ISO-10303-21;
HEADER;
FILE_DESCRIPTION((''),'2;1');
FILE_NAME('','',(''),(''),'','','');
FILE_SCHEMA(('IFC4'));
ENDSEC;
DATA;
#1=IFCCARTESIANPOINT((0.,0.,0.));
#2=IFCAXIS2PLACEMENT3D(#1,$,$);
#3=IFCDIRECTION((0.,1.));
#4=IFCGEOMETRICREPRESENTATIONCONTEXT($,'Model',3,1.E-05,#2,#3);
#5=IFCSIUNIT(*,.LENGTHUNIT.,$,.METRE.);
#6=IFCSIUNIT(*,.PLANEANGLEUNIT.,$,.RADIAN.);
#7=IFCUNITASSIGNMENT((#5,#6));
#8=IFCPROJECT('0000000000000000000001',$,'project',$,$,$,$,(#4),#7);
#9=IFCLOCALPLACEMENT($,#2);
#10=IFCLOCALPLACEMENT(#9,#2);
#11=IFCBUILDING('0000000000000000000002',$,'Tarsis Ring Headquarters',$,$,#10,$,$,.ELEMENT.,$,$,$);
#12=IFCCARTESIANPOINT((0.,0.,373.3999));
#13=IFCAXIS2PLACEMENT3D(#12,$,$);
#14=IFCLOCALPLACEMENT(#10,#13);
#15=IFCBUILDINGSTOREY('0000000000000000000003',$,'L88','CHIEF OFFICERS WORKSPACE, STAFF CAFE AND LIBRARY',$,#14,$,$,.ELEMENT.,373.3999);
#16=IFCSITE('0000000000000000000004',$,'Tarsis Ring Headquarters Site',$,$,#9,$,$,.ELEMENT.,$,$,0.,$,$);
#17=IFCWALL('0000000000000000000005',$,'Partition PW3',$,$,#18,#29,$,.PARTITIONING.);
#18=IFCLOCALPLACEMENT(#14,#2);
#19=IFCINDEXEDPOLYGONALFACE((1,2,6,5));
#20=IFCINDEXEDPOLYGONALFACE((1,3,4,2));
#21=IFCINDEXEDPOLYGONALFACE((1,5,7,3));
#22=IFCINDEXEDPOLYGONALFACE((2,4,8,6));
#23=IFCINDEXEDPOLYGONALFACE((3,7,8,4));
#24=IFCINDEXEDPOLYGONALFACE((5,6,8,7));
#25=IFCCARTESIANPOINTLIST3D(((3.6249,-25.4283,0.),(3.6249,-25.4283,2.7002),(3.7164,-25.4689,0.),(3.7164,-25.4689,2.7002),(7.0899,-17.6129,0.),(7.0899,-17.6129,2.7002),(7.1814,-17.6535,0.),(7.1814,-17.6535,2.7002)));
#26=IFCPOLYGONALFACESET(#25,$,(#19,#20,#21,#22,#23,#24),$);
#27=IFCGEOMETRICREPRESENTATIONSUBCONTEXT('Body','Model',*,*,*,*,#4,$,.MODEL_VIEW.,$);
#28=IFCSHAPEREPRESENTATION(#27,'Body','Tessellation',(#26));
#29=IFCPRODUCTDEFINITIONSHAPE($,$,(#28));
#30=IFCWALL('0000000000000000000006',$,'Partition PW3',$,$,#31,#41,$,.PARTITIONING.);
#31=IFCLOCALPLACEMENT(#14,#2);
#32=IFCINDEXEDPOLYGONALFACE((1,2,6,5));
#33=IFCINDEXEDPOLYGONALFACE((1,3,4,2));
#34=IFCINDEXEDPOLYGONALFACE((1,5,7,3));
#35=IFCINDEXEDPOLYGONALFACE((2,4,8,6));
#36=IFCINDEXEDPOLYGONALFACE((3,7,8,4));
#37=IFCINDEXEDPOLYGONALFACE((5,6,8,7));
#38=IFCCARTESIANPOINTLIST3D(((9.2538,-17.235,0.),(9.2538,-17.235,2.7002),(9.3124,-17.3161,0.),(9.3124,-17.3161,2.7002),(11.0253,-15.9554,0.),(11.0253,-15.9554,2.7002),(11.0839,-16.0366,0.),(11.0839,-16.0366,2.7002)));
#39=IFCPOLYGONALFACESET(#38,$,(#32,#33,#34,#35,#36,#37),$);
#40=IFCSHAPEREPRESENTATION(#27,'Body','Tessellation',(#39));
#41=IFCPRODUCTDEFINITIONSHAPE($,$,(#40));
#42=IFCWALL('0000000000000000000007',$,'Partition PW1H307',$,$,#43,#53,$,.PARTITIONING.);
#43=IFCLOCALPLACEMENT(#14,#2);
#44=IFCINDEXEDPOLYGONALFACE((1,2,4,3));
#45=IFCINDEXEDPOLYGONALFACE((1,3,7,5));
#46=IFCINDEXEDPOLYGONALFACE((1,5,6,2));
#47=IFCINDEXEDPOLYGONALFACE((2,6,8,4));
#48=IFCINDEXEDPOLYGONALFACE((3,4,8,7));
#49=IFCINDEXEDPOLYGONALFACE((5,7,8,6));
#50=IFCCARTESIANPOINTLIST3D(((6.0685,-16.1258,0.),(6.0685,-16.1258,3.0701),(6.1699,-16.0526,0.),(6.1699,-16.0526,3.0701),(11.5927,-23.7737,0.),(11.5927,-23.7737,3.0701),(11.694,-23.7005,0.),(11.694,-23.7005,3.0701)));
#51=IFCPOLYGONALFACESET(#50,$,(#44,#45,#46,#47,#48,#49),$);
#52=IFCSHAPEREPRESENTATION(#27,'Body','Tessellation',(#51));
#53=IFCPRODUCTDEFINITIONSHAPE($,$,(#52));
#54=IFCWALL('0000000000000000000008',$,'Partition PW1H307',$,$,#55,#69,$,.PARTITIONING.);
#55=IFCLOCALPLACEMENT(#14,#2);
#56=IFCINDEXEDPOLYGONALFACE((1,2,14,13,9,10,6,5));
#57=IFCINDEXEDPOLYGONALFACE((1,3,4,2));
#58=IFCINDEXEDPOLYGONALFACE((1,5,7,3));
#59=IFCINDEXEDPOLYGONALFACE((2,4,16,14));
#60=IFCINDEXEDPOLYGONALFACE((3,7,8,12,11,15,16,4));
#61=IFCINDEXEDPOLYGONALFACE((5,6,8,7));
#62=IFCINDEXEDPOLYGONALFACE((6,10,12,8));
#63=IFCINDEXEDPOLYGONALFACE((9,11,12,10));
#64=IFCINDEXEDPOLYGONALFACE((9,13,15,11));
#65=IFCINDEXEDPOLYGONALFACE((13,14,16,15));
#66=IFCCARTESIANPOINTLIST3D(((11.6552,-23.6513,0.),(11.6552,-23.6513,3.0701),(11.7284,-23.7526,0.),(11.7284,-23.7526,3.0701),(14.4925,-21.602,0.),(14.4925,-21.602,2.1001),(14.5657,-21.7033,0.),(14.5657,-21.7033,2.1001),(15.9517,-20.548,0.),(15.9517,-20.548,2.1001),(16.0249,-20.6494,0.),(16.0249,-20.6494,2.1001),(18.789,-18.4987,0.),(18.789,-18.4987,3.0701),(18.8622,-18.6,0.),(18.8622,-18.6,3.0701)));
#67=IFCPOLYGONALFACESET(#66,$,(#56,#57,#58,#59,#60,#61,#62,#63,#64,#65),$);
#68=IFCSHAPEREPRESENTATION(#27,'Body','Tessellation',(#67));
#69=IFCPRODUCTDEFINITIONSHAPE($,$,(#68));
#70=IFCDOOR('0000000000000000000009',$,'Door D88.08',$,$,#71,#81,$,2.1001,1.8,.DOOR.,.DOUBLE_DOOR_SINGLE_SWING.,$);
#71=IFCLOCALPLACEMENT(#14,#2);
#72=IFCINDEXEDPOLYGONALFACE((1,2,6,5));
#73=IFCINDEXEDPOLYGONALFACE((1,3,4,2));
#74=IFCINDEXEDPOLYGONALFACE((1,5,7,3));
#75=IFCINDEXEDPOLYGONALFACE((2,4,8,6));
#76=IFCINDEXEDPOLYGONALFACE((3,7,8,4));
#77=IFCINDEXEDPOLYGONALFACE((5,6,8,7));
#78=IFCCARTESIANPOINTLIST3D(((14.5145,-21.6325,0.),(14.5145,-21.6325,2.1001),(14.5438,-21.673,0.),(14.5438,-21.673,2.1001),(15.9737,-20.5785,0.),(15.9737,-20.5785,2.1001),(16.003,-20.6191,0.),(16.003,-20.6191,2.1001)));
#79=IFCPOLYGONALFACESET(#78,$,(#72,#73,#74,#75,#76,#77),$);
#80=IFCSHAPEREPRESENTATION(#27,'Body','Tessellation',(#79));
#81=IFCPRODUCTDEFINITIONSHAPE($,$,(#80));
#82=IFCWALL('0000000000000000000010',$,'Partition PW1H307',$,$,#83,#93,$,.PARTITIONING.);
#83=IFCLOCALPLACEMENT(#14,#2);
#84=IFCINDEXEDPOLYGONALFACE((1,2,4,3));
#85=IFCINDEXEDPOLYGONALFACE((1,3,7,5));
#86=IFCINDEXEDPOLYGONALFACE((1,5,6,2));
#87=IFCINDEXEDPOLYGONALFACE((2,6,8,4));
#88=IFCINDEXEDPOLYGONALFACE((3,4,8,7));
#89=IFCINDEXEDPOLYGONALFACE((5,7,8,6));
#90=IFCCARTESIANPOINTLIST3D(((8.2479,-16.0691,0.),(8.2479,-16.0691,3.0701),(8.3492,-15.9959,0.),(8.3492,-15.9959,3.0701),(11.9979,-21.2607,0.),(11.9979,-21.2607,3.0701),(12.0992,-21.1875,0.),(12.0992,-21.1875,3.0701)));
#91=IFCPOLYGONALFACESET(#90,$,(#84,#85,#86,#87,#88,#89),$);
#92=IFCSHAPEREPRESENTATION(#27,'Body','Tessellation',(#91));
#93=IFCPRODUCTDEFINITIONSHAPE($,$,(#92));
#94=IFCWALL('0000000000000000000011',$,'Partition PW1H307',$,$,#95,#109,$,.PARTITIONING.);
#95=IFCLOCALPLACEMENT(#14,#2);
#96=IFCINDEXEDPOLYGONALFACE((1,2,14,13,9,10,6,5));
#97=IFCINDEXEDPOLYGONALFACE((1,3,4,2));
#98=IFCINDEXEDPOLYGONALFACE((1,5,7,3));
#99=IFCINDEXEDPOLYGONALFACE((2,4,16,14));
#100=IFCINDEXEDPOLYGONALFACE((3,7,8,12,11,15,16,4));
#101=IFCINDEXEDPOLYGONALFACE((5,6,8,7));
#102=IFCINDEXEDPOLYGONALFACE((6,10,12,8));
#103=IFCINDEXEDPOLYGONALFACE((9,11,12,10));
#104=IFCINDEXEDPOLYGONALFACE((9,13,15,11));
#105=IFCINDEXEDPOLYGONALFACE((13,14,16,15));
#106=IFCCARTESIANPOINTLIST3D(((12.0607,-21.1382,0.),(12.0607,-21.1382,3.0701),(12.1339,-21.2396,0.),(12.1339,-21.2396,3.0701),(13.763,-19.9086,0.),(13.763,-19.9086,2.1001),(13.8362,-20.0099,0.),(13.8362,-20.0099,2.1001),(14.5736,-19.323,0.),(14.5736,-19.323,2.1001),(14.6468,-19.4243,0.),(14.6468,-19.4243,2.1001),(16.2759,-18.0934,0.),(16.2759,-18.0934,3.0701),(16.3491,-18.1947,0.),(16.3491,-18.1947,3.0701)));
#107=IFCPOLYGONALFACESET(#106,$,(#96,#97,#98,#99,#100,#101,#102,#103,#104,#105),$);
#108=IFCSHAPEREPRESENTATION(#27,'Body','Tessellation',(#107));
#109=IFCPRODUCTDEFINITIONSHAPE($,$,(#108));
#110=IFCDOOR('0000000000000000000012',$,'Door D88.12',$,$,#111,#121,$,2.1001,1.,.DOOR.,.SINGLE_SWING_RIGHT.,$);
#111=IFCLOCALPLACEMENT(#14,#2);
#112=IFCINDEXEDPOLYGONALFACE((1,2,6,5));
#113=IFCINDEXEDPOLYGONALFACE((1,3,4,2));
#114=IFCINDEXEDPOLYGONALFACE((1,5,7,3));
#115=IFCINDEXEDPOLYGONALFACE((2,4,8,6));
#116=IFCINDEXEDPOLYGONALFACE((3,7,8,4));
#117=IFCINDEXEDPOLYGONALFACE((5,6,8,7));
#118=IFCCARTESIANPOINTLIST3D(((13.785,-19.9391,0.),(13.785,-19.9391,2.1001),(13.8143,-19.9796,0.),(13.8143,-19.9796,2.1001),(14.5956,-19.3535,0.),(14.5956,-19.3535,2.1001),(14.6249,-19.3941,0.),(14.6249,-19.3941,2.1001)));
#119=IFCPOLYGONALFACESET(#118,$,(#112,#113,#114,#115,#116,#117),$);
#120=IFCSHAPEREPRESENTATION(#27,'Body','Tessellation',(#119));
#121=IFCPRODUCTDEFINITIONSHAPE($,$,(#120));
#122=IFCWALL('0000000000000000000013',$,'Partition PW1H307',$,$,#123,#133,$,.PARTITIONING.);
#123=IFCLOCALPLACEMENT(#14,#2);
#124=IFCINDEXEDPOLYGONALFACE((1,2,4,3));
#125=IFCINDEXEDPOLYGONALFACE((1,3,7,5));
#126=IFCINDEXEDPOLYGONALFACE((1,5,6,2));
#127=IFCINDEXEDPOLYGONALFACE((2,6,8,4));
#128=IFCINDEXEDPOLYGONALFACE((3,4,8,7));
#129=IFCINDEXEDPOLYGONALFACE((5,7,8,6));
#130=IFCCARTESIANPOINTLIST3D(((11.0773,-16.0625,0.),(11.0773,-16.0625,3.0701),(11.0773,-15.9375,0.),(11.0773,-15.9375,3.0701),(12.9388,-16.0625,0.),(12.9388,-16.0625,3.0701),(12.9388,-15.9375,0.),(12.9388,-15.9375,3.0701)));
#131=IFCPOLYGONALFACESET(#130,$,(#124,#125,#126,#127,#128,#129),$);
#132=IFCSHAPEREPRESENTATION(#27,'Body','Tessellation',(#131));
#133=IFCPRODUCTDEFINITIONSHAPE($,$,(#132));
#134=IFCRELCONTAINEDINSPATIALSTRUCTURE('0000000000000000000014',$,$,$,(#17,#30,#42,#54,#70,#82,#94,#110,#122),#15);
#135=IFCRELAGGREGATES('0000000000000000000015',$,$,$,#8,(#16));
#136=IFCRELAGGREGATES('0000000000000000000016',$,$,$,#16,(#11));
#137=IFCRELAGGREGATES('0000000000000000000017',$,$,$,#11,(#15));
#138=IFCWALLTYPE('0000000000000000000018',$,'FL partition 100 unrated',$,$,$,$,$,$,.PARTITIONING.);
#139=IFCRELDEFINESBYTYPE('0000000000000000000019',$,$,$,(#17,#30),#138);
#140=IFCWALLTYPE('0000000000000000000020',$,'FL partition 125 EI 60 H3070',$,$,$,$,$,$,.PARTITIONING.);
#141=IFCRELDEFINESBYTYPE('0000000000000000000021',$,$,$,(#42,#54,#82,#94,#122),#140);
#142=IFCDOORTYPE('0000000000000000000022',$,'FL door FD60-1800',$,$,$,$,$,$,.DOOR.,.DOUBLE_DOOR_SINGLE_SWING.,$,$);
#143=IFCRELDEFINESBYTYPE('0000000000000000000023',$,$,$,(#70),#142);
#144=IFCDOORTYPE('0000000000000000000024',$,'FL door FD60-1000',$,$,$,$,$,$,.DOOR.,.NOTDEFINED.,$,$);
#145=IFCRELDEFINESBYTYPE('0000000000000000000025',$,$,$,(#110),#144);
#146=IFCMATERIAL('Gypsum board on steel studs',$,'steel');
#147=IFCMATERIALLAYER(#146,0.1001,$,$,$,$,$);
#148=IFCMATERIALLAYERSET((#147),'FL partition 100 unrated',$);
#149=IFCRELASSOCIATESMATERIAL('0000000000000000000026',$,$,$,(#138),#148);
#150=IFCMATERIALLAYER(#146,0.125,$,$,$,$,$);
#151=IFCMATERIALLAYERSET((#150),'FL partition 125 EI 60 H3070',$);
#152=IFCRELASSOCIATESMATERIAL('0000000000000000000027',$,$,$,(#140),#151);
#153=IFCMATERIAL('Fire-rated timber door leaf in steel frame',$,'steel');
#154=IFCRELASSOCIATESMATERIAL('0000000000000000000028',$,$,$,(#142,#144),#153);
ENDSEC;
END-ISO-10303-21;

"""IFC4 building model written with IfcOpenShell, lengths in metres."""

from ifc_helpers import new_model, si_unit, direction, frame, frame_2d, origin, place, context, subcontext, project, spatial, rectangle, extrude, material, layer, layer_set, type_object, element, fill, save


model = new_model("IFC4")

# Units and contexts
model_context = context("Model", 3, precision=1e-05, world=origin(), true_north=direction((0.0, 1.0)))
body_context = subcontext(model_context, "Body", "Model", "MODEL_VIEW")
ifc_project = project(units=[si_unit("LENGTHUNIT", "METRE"), si_unit("PLANEANGLEUNIT", "RADIAN")], contexts=[model_context])

# Site, building, storey
site_placement = place(None, origin())
site = spatial("IfcSite", under=ifc_project, at=site_placement, Name="Tarsis Ring Headquarters Site", CompositionType="ELEMENT", RefElevation=0.0)
building_placement = place(site_placement, origin())
building = spatial("IfcBuilding", under=site, at=building_placement, Name="Tarsis Ring Headquarters", CompositionType="ELEMENT")
storey_placement = place(building_placement, frame((0.0, 0.0, 373.3999)))
storey = spatial("IfcBuildingStorey", under=building, at=storey_placement, Name="L88", Description="CHIEF OFFICERS WORKSPACE, STAFF CAFE AND LIBRARY", CompositionType="ELEMENT", Elevation=373.3999)

# Walls
ifc_material_1 = material(Name="Gypsum board on steel studs", Category="steel")
ifc_layer_1 = layer(ifc_material_1, 0.1001)
ifc_layer_set_1 = layer_set([ifc_layer_1], Name="FL partition 100 unrated")
wall_type_1 = type_object("IfcWallType", Name="FL partition 100 unrated", PredefinedType="PARTITIONING", material=ifc_layer_set_1)
wall_1_placement = place(storey_placement, frame((3.6707, -25.4485, 0.0), z_axis=(0.0, 0.0, 1.0), x_axis=(0.405314, 0.914177, 0.0)))
element("IfcWall", 1, at=wall_1_placement, inside=storey, type_object=wall_type_1, Name="Partition PW3", PredefinedType="PARTITIONING", context=body_context, shape_type="SweptSolid", body=[
    extrude(rectangle(XDim=8.5491, YDim=0.1001, at=frame_2d((4.2744, 0.0))), origin(), (0.0, 0.0, 1.0), 2.7002),
])
wall_2_placement = place(storey_placement, frame((9.283, -17.2756, 0.0), z_axis=(0.0, 0.0, 1.0), x_axis=(0.81065, 0.585531, 0.0)))
element("IfcWall", 2, at=wall_2_placement, inside=storey, type_object=wall_type_1, Name="Partition PW3", PredefinedType="PARTITIONING", context=body_context, shape_type="SweptSolid", body=[
    extrude(rectangle(XDim=2.1853, YDim=0.1001, at=frame_2d((1.0928, 0.0))), origin(), (0.0, 0.0, 1.0), 2.7002),
])
ifc_layer_2 = layer(ifc_material_1, 0.125)
ifc_layer_set_2 = layer_set([ifc_layer_2], Name="FL partition 125 EI 60 H3070")
wall_type_2 = type_object("IfcWallType", Name="FL partition 125 EI 60 H3070", PredefinedType="PARTITIONING", material=ifc_layer_set_2)
wall_3_placement = place(storey_placement, frame((6.1191, -16.0891, 0.0), z_axis=(0.0, 0.0, 1.0), x_axis=(0.585536, -0.810646, 0.0)))
element("IfcWall", 3, at=wall_3_placement, inside=storey, type_object=wall_type_2, Name="Partition PW1H307", PredefinedType="PARTITIONING", context=body_context, shape_type="SweptSolid", body=[
    extrude(rectangle(XDim=9.4343, YDim=0.125, at=frame_2d((4.7173, 0.0))), origin(), (0.0, 0.0, 1.0), 3.0701),
])

# Wall, opening, door
wall_4_placement = place(storey_placement, frame((11.6919, -23.7019, 0.0), z_axis=(0.0, 0.0, 1.0), x_axis=(0.810657, 0.585521, 0.0)))
wall_4 = element("IfcWall", 4, at=wall_4_placement, inside=storey, type_object=wall_type_2, Name="Partition PW1H307", PredefinedType="PARTITIONING", context=body_context, shape_type="SweptSolid", body=[
    extrude(rectangle(XDim=8.8, YDim=0.125, at=frame_2d((4.3999, 0.0))), origin(), (0.0, 0.0, 1.0), 3.0701),
])
opening_1_placement = place(wall_4_placement, frame((3.5, 0.0, 0.0)))
opening_1 = element("IfcOpeningElement", 5, at=opening_1_placement, cuts=wall_4, PredefinedType="OPENING", context=body_context, shape_type="SweptSolid", body=[
    extrude(rectangle(XDim=1.8, YDim=2.1001, at=frame_2d((0.8999, 1.05))), frame((0.0, 0.0725, 0.0), z_axis=(0.0, -1.0, 0.0), x_axis=(1.0, 0.0, 0.0)), (0.0, 0.0, 1.0), 0.145),
])
ifc_material_2 = material(Name="Fire-rated timber door leaf in steel frame", Category="steel")
door_type_1 = type_object("IfcDoorType", Name="FL door FD60-1800", OperationType="DOUBLE_DOOR_SINGLE_SWING", PredefinedType="DOOR", material=ifc_material_2)
door_1_placement = place(opening_1_placement, origin())
door_1 = element("IfcDoor", 6, at=door_1_placement, inside=storey, type_object=door_type_1, Name="Door D88.08", OperationType="DOUBLE_DOOR_SINGLE_SWING", OverallHeight=2.1001, OverallWidth=1.8, PredefinedType="DOOR", context=body_context, shape_type="SweptSolid", body=[
    extrude(rectangle(XDim=1.8, YDim=2.1001, at=frame_2d((0.8999, 1.05))), frame((0.0, 0.0249, 0.0), z_axis=(0.0, -1.0, 0.0), x_axis=(1.0, 0.0, 0.0)), (0.0, 0.0, 1.0), 0.05),
])
fill(opening_1, door_1)

# Wall
wall_5_placement = place(storey_placement, frame((8.2986, -16.0325, 0.0), z_axis=(0.0, 0.0, 1.0), x_axis=(0.585539, -0.810644, 0.0)))
element("IfcWall", 7, at=wall_5_placement, inside=storey, type_object=wall_type_2, Name="Partition PW1H307", PredefinedType="PARTITIONING", context=body_context, shape_type="SweptSolid", body=[
    extrude(rectangle(XDim=6.4043, YDim=0.125, at=frame_2d((3.2021, 0.0))), origin(), (0.0, 0.0, 1.0), 3.0701),
])

# Wall, opening, door
wall_6_placement = place(storey_placement, frame((12.0972, -21.189, 0.0), z_axis=(0.0, 0.0, 1.0), x_axis=(0.810632, 0.585556, 0.0)))
wall_6 = element("IfcWall", 8, at=wall_6_placement, inside=storey, type_object=wall_type_2, Name="Partition PW1H307", PredefinedType="PARTITIONING", context=body_context, shape_type="SweptSolid", body=[
    extrude(rectangle(XDim=5.2, YDim=0.125, at=frame_2d((2.6001, 0.0))), origin(), (0.0, 0.0, 1.0), 3.0701),
])
opening_2_placement = place(wall_6_placement, frame((2.1001, 0.0, 0.0)))
opening_2 = element("IfcOpeningElement", 9, at=opening_2_placement, cuts=wall_6, PredefinedType="OPENING", context=body_context, shape_type="SweptSolid", body=[
    extrude(rectangle(XDim=1.0, YDim=2.1001, at=frame_2d((0.5, 1.05))), frame((0.0, 0.0725, 0.0), z_axis=(0.0, -1.0, 0.0), x_axis=(1.0, 0.0, 0.0)), (0.0, 0.0, 1.0), 0.145),
])
door_type_2 = type_object("IfcDoorType", Name="FL door FD60-1000", OperationType="NOTDEFINED", PredefinedType="DOOR", material=ifc_material_2)
door_2_placement = place(opening_2_placement, origin())
door_2 = element("IfcDoor", 10, at=door_2_placement, inside=storey, type_object=door_type_2, Name="Door D88.12", OperationType="SINGLE_SWING_RIGHT", OverallHeight=2.1001, OverallWidth=1.0, PredefinedType="DOOR", context=body_context, shape_type="SweptSolid", body=[
    extrude(rectangle(XDim=1.0, YDim=2.1001, at=frame_2d((0.5, 1.05))), frame((0.0, 0.0249, 0.0), z_axis=(0.0, -1.0, 0.0), x_axis=(1.0, 0.0, 0.0)), (0.0, 0.0, 1.0), 0.05),
])
fill(opening_2, door_2)

# Wall
wall_7_placement = place(storey_placement, frame((11.0774, -16.0, 0.0), z_axis=(0.0, 0.0, 1.0), x_axis=(1.0, 0.0, 0.0)))
element("IfcWall", 11, at=wall_7_placement, inside=storey, type_object=wall_type_2, Name="Partition PW1H307", PredefinedType="PARTITIONING", context=body_context, shape_type="SweptSolid", body=[
    extrude(rectangle(XDim=1.8616, YDim=0.125, at=frame_2d((0.9307, 0.0))), origin(), (0.0, 0.0, 1.0), 3.0701),
])

save(model, "model.ifc")
